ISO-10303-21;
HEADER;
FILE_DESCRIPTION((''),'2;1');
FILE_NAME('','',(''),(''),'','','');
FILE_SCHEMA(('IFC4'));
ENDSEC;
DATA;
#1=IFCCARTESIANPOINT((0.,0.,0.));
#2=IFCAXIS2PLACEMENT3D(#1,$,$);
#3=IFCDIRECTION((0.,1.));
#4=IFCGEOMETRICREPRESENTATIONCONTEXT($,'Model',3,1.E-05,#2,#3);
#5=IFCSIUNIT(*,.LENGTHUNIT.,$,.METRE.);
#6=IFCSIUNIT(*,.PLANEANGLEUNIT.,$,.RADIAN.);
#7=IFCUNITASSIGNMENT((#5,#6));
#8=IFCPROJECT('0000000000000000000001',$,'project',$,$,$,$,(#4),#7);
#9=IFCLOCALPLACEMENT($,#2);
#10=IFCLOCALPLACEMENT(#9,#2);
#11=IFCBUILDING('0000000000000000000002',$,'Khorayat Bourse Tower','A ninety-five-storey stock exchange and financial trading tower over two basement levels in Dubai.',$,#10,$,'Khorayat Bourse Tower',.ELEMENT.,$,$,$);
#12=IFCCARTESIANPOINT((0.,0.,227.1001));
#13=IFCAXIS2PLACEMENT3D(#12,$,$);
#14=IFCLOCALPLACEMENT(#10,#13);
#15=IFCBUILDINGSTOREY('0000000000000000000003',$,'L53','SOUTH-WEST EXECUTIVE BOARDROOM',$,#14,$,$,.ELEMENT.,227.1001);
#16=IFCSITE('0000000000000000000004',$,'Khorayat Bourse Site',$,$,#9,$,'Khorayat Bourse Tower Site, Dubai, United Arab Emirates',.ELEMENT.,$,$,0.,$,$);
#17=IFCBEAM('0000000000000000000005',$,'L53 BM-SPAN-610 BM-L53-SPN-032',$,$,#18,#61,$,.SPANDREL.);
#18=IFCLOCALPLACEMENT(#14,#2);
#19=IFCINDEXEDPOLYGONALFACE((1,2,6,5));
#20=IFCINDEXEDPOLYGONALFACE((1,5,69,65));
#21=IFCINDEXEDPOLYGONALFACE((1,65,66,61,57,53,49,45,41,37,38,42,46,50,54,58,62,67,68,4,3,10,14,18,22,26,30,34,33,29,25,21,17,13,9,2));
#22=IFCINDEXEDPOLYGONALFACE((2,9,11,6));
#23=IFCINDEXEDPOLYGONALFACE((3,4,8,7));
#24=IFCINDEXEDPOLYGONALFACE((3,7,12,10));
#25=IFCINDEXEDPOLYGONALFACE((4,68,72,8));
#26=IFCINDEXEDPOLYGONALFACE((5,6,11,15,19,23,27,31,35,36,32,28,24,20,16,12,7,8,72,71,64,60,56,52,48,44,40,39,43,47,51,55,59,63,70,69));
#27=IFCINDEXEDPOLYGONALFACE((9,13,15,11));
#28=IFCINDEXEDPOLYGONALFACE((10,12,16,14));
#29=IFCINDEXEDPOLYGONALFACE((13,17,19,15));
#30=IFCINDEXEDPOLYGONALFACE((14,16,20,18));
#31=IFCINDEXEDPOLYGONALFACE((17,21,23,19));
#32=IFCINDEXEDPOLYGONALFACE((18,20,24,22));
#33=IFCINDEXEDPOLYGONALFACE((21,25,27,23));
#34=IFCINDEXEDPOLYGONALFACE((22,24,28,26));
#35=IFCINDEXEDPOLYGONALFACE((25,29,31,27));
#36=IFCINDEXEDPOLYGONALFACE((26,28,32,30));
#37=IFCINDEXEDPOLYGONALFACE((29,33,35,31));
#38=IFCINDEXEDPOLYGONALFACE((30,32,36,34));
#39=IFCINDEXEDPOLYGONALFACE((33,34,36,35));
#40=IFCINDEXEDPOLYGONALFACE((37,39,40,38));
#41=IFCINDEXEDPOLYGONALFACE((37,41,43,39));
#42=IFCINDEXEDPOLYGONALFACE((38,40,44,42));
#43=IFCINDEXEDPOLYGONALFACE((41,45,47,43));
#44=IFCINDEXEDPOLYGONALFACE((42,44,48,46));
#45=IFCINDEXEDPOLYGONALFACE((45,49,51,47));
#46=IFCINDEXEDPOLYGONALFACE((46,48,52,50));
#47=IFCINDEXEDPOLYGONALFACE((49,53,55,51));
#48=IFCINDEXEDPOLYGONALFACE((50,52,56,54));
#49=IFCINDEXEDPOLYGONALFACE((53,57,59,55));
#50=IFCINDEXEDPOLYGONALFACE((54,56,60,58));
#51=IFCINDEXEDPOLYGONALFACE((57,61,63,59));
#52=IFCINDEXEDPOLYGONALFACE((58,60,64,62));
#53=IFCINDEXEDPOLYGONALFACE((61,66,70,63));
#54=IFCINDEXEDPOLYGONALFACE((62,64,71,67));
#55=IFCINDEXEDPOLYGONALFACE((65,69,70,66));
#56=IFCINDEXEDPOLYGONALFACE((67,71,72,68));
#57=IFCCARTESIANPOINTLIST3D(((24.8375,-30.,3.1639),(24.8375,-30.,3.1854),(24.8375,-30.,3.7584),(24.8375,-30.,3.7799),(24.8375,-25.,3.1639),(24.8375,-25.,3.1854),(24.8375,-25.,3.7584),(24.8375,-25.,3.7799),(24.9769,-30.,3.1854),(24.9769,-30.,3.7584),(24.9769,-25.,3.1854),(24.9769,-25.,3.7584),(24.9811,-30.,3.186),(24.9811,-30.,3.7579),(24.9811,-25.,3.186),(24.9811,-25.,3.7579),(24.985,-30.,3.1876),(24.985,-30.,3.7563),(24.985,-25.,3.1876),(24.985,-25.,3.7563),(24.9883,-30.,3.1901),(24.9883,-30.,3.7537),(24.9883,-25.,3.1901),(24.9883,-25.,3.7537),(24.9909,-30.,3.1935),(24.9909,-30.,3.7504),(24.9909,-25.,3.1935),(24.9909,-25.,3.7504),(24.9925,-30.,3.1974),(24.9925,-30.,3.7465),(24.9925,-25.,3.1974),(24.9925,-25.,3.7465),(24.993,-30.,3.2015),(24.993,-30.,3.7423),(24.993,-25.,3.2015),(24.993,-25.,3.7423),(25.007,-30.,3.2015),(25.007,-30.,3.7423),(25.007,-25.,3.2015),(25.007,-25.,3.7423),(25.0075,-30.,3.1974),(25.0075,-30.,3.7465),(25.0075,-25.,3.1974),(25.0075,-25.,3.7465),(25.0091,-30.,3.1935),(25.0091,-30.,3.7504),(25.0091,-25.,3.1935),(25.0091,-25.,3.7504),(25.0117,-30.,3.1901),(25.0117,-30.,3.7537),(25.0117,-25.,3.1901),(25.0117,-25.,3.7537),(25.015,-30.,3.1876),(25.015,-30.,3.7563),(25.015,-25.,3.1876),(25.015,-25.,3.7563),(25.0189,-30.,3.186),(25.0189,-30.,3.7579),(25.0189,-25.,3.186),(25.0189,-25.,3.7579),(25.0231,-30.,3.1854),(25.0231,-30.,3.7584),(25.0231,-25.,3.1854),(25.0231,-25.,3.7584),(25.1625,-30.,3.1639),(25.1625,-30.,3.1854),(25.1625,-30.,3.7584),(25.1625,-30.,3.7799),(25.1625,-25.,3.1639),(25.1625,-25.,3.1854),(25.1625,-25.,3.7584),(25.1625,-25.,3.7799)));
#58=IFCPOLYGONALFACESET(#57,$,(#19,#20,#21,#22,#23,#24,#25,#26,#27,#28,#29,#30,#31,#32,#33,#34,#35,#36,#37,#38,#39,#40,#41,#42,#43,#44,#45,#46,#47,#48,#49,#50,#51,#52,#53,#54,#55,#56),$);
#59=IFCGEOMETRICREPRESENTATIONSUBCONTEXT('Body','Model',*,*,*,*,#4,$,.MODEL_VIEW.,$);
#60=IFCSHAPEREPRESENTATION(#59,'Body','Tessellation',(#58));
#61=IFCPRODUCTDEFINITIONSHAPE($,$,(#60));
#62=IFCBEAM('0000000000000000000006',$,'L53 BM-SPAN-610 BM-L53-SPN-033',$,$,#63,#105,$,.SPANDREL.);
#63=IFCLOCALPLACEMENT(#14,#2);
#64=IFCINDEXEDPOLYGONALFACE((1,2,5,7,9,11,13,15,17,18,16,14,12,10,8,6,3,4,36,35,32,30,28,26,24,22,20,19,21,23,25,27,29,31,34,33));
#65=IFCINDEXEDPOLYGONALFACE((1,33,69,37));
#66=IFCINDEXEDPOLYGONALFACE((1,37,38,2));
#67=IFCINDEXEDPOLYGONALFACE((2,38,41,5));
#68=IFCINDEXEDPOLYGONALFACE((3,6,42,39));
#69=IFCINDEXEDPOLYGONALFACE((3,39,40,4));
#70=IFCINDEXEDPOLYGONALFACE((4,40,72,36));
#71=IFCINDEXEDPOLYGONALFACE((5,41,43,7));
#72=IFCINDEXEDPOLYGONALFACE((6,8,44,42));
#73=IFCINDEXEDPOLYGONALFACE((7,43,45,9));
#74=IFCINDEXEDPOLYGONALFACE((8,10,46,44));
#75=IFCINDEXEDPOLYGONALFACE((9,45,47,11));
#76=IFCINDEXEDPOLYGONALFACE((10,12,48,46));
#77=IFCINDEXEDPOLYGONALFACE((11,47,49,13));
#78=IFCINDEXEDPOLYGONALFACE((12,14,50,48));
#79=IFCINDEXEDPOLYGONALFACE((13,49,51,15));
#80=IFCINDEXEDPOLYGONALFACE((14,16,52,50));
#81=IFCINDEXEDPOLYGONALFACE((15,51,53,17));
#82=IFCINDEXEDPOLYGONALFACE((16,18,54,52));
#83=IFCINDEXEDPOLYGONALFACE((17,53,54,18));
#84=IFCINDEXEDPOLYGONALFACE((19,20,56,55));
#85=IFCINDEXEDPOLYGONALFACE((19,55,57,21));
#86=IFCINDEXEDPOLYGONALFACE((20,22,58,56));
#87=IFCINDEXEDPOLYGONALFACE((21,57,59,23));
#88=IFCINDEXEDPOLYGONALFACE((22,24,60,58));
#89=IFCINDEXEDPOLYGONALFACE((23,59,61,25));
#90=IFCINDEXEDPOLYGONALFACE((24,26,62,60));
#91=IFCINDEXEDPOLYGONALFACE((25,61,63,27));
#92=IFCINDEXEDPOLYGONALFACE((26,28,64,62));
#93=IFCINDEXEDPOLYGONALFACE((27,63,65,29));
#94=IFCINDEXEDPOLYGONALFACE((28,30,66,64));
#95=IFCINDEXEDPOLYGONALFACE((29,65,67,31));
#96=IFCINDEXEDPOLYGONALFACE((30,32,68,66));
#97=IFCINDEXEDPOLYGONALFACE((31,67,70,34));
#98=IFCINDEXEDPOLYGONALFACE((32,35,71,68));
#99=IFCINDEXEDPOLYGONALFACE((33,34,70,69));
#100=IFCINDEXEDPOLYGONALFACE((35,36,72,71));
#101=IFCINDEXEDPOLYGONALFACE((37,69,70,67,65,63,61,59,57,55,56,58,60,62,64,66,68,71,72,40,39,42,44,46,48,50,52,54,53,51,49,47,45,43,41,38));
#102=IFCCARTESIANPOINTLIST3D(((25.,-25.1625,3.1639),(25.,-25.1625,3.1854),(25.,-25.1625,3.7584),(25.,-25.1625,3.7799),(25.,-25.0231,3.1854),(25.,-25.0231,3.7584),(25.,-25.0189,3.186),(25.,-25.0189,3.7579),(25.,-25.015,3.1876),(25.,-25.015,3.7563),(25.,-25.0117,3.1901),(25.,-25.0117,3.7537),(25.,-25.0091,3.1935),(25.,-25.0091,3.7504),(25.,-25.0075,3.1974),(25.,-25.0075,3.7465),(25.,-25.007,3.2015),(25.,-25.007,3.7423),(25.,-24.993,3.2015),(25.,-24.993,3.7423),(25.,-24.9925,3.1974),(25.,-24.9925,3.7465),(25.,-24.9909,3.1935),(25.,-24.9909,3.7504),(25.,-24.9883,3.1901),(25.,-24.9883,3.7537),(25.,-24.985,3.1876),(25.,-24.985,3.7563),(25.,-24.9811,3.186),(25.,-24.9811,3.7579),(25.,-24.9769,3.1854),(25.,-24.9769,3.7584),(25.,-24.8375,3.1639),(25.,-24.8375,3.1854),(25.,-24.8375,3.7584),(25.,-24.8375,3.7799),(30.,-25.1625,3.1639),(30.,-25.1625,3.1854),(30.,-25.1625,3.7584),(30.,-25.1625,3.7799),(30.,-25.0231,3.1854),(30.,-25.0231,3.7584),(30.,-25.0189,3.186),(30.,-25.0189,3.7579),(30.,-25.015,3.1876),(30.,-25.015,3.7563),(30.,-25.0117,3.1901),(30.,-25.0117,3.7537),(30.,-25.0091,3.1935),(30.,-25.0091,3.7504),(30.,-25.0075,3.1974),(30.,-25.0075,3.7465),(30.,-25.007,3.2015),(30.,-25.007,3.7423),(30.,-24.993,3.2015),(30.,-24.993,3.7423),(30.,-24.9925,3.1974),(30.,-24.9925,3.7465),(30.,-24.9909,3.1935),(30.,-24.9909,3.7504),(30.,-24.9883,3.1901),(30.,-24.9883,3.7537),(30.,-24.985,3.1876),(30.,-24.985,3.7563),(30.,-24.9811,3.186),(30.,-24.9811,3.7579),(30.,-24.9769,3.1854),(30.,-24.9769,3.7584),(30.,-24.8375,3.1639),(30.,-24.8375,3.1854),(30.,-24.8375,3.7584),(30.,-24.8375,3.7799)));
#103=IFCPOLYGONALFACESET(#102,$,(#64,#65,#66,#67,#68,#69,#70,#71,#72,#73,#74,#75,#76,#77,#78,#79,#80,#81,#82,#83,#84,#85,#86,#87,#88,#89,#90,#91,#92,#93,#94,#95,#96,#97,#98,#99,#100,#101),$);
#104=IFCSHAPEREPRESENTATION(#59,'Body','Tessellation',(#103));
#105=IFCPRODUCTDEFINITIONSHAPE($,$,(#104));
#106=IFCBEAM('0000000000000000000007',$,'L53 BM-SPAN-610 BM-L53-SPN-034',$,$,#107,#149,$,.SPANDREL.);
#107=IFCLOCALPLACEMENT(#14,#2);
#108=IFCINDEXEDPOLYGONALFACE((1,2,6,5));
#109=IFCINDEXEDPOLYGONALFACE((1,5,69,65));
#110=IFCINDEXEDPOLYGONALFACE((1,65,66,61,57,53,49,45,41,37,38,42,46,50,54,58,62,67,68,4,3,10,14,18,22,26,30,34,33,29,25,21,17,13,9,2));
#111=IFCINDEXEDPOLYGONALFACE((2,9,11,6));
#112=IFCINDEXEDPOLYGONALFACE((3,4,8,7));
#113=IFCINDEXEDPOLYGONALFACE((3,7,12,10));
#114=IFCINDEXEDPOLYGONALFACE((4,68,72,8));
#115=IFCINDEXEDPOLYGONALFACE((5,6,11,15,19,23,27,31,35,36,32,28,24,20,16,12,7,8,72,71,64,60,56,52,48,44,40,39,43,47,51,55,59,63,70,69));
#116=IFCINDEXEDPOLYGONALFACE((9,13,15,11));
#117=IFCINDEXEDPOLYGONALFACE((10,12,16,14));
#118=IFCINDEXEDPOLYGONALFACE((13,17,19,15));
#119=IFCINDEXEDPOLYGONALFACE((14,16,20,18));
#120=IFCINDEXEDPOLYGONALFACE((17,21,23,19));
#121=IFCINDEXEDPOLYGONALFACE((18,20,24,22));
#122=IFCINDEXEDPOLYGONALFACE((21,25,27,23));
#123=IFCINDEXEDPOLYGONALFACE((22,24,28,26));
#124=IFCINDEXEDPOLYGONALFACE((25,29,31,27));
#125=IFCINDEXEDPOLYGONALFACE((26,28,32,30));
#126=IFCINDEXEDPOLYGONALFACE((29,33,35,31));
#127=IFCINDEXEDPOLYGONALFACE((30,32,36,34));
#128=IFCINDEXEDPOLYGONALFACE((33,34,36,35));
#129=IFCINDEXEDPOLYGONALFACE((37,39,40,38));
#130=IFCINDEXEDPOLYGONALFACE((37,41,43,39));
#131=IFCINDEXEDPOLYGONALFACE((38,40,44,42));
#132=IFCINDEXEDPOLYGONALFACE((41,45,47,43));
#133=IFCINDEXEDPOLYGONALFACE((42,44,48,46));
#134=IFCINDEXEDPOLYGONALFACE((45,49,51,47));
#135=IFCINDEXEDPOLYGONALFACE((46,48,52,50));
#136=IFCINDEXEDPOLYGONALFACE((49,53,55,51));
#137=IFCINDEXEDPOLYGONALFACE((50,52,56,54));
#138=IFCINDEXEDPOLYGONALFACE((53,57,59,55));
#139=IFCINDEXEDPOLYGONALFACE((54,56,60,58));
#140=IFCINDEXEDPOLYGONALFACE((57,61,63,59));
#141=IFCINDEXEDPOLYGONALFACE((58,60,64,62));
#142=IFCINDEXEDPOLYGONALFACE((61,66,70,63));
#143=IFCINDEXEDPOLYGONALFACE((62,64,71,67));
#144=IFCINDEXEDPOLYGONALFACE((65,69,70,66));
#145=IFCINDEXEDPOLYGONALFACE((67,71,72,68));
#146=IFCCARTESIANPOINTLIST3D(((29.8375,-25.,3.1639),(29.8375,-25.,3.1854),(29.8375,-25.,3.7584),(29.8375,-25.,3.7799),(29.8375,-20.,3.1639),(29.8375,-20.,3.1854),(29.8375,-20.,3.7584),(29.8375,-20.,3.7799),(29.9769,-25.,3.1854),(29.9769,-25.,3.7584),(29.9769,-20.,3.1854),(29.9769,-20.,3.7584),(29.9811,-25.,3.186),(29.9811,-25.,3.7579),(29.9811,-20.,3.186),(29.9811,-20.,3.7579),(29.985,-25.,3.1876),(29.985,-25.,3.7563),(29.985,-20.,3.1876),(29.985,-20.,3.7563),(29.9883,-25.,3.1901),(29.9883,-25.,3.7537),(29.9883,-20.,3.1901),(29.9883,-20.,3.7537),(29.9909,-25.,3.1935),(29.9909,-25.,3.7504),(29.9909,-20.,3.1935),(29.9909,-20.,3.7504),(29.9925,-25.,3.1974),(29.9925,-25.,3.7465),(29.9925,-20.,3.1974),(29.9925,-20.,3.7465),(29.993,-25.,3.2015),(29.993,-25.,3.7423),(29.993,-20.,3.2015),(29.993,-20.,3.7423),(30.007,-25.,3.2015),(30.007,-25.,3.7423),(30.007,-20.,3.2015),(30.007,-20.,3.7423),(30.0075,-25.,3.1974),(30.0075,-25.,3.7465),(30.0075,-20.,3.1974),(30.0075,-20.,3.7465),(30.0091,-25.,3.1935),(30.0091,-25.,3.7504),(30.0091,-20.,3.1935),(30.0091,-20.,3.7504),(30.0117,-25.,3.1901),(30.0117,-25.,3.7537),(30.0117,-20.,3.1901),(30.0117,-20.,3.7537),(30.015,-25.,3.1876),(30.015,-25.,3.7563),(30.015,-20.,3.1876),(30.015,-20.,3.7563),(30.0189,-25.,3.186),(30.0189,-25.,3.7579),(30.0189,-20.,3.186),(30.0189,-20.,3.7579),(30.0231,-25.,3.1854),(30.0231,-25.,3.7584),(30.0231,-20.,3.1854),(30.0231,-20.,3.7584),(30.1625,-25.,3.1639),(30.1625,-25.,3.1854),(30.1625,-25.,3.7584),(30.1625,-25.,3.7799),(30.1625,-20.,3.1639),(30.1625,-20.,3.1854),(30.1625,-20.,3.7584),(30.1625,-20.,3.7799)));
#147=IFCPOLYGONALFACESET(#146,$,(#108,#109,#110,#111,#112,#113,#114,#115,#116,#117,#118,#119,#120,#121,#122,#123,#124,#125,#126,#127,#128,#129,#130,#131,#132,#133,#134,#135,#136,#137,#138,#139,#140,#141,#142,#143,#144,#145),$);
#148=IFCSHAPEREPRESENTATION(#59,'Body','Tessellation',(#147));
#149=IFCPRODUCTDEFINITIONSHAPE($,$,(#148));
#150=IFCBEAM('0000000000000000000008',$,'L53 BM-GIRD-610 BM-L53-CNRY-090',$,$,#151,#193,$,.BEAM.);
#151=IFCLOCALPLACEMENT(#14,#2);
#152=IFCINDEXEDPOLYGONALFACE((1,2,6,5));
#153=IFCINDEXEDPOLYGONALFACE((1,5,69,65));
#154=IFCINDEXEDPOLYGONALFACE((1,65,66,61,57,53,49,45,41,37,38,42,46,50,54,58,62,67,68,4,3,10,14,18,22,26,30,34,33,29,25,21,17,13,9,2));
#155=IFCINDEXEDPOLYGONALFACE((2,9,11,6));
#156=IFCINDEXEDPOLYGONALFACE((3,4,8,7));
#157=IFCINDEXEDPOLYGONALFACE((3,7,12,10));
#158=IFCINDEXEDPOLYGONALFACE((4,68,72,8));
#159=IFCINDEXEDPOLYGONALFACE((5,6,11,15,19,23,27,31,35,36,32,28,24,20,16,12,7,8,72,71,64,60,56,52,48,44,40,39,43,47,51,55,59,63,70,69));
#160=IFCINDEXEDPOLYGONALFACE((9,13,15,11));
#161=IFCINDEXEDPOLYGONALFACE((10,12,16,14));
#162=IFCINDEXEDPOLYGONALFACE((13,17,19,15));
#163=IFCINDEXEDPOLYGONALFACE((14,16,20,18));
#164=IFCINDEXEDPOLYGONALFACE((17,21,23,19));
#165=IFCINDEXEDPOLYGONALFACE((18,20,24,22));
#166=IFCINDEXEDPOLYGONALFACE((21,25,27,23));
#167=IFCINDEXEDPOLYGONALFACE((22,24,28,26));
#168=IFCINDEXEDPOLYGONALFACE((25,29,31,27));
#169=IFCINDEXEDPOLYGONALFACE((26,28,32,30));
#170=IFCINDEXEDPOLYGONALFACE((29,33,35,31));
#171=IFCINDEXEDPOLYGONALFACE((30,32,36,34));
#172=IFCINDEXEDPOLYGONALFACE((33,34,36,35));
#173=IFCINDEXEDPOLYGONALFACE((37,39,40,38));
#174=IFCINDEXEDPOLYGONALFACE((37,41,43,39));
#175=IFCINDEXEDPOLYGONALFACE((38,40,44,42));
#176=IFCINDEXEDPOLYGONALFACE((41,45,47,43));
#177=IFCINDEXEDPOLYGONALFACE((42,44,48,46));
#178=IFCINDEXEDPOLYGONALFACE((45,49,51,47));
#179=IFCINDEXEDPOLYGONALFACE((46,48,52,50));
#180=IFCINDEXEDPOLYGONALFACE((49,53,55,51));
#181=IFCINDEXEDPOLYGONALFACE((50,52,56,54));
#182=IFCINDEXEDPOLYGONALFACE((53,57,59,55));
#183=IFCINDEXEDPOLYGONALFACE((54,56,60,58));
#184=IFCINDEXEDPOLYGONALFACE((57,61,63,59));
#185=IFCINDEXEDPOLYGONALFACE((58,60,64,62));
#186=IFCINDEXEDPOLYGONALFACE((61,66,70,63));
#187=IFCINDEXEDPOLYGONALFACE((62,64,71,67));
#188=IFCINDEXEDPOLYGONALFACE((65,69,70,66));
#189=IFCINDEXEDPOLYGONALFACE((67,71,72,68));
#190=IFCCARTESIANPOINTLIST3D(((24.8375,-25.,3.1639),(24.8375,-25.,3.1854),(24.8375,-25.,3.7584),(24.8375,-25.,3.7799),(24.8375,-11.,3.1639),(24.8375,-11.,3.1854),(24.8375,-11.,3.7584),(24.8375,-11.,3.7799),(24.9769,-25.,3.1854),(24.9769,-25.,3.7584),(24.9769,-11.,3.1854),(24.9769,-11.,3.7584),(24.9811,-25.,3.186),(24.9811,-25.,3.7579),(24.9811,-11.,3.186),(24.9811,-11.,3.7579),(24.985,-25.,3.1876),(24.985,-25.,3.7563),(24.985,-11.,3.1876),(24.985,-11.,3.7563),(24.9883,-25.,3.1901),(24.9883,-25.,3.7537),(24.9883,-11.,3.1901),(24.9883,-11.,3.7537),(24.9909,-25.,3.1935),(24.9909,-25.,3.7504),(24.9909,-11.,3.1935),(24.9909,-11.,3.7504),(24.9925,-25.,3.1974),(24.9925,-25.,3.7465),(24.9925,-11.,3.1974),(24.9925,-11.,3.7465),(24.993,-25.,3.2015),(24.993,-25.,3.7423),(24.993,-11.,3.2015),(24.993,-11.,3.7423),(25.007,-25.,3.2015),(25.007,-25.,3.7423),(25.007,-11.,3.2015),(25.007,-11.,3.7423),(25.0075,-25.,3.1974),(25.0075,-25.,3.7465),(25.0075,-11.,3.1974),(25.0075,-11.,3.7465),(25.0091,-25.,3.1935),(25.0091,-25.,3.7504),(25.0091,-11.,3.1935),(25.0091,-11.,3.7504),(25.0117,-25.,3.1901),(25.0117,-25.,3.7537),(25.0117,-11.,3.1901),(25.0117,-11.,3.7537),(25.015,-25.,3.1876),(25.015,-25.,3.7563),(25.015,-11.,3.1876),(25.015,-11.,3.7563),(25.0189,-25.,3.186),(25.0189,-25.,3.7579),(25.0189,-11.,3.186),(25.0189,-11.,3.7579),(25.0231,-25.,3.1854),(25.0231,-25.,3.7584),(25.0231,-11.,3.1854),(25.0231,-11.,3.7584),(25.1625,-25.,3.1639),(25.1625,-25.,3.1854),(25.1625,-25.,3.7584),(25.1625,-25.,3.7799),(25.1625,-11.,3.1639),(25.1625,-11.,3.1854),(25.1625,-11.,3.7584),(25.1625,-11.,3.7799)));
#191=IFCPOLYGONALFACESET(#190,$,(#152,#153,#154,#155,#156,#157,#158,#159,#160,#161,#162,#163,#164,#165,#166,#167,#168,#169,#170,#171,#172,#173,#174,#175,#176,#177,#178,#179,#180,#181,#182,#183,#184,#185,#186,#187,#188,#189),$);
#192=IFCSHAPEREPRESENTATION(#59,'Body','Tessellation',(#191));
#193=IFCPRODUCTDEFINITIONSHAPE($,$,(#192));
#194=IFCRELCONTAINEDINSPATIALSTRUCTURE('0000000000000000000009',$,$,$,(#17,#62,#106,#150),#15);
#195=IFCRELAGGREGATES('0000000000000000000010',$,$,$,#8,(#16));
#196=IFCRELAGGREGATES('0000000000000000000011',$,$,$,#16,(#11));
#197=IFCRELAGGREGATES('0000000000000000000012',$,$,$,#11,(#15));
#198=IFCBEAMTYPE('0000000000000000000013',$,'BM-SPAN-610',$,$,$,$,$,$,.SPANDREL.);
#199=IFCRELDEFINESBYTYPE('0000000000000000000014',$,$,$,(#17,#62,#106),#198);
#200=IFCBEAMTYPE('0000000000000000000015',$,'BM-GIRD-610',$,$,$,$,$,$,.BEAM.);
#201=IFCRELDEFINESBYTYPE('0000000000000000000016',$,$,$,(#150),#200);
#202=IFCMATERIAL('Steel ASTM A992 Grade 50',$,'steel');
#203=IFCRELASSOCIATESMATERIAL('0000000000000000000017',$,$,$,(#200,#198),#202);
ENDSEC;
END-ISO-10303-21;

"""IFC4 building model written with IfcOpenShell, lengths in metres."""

from ifc_helpers import new_model, si_unit, direction, frame, origin, origin_2d, place, context, subcontext, project, spatial, i_section, extrude, source, transform, mapped, material, material_profile, profile_set, type_object, element, save


model = new_model("IFC4")

# Units and contexts
model_context = context("Model", 3, precision=1e-05, world=origin(), true_north=direction((0.0, 1.0)))
body_context = subcontext(model_context, "Body", "Model", "MODEL_VIEW")
ifc_project = project(units=[si_unit("LENGTHUNIT", "METRE"), si_unit("PLANEANGLEUNIT", "RADIAN")], contexts=[model_context])

# Site, building, storey
site_placement = place(None, origin())
site = spatial("IfcSite", under=ifc_project, at=site_placement, Name="Khorayat Bourse Site", LongName="Khorayat Bourse Tower Site, Dubai, United Arab Emirates", CompositionType="ELEMENT", RefElevation=0.0)
building_placement = place(site_placement, origin())
building = spatial("IfcBuilding", under=site, at=building_placement, Name="Khorayat Bourse Tower", Description="A ninety-five-storey stock exchange and financial trading tower over two basement levels in Dubai.", LongName="Khorayat Bourse Tower", CompositionType="ELEMENT")
storey_placement = place(building_placement, frame((0.0, 0.0, 227.1001)))
storey = spatial("IfcBuildingStorey", under=building, at=storey_placement, Name="L53", Description="SOUTH-WEST EXECUTIVE BOARDROOM", CompositionType="ELEMENT", Elevation=227.1001)

# Beams
ifc_material_1 = material(Name="Steel ASTM A992 Grade 50", Category="steel")
ifc_material_profile_1 = material_profile(ifc_material_1, i_section(OverallWidth=0.325, OverallDepth=0.616, WebThickness=0.0139, FlangeThickness=0.0215, FilletRadius=0.0161, at=origin_2d()), Name="W610X174")
ifc_profile_set_1 = profile_set([ifc_material_profile_1], Name="Steel ASTM A992 Grade 50")
beam_type_1 = type_object("IfcBeamType", Name="BM-GIRD-610", PredefinedType="BEAM", material=ifc_profile_set_1)
ifc_material_profile_2 = material_profile(ifc_material_1, i_section(OverallWidth=0.325, OverallDepth=0.616, WebThickness=0.0139, FlangeThickness=0.0215, FilletRadius=0.0161, at=origin_2d()), Name="W610X174")
ifc_profile_set_2 = profile_set([ifc_material_profile_2], Name="Steel ASTM A992 Grade 50")
beam_type_2 = type_object("IfcBeamType", Name="BM-SPAN-610", PredefinedType="SPANDREL", material=ifc_profile_set_2)
shared_shape_1 = source(origin(), body_context, "Body", "SweptSolid", [
    extrude(i_section(OverallWidth=0.325, OverallDepth=0.616, WebThickness=0.0139, FlangeThickness=0.0215, FilletRadius=0.0161, at=origin_2d()), origin(), (0.0, 0.0, 1.0), 5.0),
])
for number, where, z_axis, x_axis, name in (
    (1, (25.0, -30.0, 3.4719), (0.0, 1.0, 0.0), (-1.0, 0.0, 0.0), "L53 BM-SPAN-610 BM-L53-SPN-032"),
    (2, (25.0, -25.0, 3.4719), (1.0, 0.0, 0.0), (0.0, 1.0, 0.0), "L53 BM-SPAN-610 BM-L53-SPN-033"),
    (3, (30.0, -25.0, 3.4719), (0.0, 1.0, 0.0), (-1.0, 0.0, 0.0), "L53 BM-SPAN-610 BM-L53-SPN-034"),
):
    element("IfcBeam", number, at=place(storey_placement, frame(where, z_axis=z_axis, x_axis=x_axis)), inside=storey, type_object=beam_type_2, Name=name, PredefinedType="SPANDREL", context=body_context, shape_type="MappedRepresentation", body=[
        mapped(shared_shape_1, transform((0.0, 0.0, 0.0), scale=1.0)),
    ])
shared_shape_2 = source(origin(), body_context, "Body", "SweptSolid", [
    extrude(i_section(OverallWidth=0.325, OverallDepth=0.616, WebThickness=0.0139, FlangeThickness=0.0215, FilletRadius=0.0161, at=origin_2d()), origin(), (0.0, 0.0, 1.0), 14.0),
])
beam_1_placement = place(storey_placement, frame((25.0, -25.0, 3.4719), z_axis=(0.0, 1.0, 0.0), x_axis=(-1.0, 0.0, 0.0)))
element("IfcBeam", 4, at=beam_1_placement, inside=storey, type_object=beam_type_1, Name="L53 BM-GIRD-610 BM-L53-CNRY-090", PredefinedType="BEAM", context=body_context, shape_type="MappedRepresentation", body=[
    mapped(shared_shape_2, transform((0.0, 0.0, 0.0), scale=1.0)),
])

save(model, "model.ifc")
